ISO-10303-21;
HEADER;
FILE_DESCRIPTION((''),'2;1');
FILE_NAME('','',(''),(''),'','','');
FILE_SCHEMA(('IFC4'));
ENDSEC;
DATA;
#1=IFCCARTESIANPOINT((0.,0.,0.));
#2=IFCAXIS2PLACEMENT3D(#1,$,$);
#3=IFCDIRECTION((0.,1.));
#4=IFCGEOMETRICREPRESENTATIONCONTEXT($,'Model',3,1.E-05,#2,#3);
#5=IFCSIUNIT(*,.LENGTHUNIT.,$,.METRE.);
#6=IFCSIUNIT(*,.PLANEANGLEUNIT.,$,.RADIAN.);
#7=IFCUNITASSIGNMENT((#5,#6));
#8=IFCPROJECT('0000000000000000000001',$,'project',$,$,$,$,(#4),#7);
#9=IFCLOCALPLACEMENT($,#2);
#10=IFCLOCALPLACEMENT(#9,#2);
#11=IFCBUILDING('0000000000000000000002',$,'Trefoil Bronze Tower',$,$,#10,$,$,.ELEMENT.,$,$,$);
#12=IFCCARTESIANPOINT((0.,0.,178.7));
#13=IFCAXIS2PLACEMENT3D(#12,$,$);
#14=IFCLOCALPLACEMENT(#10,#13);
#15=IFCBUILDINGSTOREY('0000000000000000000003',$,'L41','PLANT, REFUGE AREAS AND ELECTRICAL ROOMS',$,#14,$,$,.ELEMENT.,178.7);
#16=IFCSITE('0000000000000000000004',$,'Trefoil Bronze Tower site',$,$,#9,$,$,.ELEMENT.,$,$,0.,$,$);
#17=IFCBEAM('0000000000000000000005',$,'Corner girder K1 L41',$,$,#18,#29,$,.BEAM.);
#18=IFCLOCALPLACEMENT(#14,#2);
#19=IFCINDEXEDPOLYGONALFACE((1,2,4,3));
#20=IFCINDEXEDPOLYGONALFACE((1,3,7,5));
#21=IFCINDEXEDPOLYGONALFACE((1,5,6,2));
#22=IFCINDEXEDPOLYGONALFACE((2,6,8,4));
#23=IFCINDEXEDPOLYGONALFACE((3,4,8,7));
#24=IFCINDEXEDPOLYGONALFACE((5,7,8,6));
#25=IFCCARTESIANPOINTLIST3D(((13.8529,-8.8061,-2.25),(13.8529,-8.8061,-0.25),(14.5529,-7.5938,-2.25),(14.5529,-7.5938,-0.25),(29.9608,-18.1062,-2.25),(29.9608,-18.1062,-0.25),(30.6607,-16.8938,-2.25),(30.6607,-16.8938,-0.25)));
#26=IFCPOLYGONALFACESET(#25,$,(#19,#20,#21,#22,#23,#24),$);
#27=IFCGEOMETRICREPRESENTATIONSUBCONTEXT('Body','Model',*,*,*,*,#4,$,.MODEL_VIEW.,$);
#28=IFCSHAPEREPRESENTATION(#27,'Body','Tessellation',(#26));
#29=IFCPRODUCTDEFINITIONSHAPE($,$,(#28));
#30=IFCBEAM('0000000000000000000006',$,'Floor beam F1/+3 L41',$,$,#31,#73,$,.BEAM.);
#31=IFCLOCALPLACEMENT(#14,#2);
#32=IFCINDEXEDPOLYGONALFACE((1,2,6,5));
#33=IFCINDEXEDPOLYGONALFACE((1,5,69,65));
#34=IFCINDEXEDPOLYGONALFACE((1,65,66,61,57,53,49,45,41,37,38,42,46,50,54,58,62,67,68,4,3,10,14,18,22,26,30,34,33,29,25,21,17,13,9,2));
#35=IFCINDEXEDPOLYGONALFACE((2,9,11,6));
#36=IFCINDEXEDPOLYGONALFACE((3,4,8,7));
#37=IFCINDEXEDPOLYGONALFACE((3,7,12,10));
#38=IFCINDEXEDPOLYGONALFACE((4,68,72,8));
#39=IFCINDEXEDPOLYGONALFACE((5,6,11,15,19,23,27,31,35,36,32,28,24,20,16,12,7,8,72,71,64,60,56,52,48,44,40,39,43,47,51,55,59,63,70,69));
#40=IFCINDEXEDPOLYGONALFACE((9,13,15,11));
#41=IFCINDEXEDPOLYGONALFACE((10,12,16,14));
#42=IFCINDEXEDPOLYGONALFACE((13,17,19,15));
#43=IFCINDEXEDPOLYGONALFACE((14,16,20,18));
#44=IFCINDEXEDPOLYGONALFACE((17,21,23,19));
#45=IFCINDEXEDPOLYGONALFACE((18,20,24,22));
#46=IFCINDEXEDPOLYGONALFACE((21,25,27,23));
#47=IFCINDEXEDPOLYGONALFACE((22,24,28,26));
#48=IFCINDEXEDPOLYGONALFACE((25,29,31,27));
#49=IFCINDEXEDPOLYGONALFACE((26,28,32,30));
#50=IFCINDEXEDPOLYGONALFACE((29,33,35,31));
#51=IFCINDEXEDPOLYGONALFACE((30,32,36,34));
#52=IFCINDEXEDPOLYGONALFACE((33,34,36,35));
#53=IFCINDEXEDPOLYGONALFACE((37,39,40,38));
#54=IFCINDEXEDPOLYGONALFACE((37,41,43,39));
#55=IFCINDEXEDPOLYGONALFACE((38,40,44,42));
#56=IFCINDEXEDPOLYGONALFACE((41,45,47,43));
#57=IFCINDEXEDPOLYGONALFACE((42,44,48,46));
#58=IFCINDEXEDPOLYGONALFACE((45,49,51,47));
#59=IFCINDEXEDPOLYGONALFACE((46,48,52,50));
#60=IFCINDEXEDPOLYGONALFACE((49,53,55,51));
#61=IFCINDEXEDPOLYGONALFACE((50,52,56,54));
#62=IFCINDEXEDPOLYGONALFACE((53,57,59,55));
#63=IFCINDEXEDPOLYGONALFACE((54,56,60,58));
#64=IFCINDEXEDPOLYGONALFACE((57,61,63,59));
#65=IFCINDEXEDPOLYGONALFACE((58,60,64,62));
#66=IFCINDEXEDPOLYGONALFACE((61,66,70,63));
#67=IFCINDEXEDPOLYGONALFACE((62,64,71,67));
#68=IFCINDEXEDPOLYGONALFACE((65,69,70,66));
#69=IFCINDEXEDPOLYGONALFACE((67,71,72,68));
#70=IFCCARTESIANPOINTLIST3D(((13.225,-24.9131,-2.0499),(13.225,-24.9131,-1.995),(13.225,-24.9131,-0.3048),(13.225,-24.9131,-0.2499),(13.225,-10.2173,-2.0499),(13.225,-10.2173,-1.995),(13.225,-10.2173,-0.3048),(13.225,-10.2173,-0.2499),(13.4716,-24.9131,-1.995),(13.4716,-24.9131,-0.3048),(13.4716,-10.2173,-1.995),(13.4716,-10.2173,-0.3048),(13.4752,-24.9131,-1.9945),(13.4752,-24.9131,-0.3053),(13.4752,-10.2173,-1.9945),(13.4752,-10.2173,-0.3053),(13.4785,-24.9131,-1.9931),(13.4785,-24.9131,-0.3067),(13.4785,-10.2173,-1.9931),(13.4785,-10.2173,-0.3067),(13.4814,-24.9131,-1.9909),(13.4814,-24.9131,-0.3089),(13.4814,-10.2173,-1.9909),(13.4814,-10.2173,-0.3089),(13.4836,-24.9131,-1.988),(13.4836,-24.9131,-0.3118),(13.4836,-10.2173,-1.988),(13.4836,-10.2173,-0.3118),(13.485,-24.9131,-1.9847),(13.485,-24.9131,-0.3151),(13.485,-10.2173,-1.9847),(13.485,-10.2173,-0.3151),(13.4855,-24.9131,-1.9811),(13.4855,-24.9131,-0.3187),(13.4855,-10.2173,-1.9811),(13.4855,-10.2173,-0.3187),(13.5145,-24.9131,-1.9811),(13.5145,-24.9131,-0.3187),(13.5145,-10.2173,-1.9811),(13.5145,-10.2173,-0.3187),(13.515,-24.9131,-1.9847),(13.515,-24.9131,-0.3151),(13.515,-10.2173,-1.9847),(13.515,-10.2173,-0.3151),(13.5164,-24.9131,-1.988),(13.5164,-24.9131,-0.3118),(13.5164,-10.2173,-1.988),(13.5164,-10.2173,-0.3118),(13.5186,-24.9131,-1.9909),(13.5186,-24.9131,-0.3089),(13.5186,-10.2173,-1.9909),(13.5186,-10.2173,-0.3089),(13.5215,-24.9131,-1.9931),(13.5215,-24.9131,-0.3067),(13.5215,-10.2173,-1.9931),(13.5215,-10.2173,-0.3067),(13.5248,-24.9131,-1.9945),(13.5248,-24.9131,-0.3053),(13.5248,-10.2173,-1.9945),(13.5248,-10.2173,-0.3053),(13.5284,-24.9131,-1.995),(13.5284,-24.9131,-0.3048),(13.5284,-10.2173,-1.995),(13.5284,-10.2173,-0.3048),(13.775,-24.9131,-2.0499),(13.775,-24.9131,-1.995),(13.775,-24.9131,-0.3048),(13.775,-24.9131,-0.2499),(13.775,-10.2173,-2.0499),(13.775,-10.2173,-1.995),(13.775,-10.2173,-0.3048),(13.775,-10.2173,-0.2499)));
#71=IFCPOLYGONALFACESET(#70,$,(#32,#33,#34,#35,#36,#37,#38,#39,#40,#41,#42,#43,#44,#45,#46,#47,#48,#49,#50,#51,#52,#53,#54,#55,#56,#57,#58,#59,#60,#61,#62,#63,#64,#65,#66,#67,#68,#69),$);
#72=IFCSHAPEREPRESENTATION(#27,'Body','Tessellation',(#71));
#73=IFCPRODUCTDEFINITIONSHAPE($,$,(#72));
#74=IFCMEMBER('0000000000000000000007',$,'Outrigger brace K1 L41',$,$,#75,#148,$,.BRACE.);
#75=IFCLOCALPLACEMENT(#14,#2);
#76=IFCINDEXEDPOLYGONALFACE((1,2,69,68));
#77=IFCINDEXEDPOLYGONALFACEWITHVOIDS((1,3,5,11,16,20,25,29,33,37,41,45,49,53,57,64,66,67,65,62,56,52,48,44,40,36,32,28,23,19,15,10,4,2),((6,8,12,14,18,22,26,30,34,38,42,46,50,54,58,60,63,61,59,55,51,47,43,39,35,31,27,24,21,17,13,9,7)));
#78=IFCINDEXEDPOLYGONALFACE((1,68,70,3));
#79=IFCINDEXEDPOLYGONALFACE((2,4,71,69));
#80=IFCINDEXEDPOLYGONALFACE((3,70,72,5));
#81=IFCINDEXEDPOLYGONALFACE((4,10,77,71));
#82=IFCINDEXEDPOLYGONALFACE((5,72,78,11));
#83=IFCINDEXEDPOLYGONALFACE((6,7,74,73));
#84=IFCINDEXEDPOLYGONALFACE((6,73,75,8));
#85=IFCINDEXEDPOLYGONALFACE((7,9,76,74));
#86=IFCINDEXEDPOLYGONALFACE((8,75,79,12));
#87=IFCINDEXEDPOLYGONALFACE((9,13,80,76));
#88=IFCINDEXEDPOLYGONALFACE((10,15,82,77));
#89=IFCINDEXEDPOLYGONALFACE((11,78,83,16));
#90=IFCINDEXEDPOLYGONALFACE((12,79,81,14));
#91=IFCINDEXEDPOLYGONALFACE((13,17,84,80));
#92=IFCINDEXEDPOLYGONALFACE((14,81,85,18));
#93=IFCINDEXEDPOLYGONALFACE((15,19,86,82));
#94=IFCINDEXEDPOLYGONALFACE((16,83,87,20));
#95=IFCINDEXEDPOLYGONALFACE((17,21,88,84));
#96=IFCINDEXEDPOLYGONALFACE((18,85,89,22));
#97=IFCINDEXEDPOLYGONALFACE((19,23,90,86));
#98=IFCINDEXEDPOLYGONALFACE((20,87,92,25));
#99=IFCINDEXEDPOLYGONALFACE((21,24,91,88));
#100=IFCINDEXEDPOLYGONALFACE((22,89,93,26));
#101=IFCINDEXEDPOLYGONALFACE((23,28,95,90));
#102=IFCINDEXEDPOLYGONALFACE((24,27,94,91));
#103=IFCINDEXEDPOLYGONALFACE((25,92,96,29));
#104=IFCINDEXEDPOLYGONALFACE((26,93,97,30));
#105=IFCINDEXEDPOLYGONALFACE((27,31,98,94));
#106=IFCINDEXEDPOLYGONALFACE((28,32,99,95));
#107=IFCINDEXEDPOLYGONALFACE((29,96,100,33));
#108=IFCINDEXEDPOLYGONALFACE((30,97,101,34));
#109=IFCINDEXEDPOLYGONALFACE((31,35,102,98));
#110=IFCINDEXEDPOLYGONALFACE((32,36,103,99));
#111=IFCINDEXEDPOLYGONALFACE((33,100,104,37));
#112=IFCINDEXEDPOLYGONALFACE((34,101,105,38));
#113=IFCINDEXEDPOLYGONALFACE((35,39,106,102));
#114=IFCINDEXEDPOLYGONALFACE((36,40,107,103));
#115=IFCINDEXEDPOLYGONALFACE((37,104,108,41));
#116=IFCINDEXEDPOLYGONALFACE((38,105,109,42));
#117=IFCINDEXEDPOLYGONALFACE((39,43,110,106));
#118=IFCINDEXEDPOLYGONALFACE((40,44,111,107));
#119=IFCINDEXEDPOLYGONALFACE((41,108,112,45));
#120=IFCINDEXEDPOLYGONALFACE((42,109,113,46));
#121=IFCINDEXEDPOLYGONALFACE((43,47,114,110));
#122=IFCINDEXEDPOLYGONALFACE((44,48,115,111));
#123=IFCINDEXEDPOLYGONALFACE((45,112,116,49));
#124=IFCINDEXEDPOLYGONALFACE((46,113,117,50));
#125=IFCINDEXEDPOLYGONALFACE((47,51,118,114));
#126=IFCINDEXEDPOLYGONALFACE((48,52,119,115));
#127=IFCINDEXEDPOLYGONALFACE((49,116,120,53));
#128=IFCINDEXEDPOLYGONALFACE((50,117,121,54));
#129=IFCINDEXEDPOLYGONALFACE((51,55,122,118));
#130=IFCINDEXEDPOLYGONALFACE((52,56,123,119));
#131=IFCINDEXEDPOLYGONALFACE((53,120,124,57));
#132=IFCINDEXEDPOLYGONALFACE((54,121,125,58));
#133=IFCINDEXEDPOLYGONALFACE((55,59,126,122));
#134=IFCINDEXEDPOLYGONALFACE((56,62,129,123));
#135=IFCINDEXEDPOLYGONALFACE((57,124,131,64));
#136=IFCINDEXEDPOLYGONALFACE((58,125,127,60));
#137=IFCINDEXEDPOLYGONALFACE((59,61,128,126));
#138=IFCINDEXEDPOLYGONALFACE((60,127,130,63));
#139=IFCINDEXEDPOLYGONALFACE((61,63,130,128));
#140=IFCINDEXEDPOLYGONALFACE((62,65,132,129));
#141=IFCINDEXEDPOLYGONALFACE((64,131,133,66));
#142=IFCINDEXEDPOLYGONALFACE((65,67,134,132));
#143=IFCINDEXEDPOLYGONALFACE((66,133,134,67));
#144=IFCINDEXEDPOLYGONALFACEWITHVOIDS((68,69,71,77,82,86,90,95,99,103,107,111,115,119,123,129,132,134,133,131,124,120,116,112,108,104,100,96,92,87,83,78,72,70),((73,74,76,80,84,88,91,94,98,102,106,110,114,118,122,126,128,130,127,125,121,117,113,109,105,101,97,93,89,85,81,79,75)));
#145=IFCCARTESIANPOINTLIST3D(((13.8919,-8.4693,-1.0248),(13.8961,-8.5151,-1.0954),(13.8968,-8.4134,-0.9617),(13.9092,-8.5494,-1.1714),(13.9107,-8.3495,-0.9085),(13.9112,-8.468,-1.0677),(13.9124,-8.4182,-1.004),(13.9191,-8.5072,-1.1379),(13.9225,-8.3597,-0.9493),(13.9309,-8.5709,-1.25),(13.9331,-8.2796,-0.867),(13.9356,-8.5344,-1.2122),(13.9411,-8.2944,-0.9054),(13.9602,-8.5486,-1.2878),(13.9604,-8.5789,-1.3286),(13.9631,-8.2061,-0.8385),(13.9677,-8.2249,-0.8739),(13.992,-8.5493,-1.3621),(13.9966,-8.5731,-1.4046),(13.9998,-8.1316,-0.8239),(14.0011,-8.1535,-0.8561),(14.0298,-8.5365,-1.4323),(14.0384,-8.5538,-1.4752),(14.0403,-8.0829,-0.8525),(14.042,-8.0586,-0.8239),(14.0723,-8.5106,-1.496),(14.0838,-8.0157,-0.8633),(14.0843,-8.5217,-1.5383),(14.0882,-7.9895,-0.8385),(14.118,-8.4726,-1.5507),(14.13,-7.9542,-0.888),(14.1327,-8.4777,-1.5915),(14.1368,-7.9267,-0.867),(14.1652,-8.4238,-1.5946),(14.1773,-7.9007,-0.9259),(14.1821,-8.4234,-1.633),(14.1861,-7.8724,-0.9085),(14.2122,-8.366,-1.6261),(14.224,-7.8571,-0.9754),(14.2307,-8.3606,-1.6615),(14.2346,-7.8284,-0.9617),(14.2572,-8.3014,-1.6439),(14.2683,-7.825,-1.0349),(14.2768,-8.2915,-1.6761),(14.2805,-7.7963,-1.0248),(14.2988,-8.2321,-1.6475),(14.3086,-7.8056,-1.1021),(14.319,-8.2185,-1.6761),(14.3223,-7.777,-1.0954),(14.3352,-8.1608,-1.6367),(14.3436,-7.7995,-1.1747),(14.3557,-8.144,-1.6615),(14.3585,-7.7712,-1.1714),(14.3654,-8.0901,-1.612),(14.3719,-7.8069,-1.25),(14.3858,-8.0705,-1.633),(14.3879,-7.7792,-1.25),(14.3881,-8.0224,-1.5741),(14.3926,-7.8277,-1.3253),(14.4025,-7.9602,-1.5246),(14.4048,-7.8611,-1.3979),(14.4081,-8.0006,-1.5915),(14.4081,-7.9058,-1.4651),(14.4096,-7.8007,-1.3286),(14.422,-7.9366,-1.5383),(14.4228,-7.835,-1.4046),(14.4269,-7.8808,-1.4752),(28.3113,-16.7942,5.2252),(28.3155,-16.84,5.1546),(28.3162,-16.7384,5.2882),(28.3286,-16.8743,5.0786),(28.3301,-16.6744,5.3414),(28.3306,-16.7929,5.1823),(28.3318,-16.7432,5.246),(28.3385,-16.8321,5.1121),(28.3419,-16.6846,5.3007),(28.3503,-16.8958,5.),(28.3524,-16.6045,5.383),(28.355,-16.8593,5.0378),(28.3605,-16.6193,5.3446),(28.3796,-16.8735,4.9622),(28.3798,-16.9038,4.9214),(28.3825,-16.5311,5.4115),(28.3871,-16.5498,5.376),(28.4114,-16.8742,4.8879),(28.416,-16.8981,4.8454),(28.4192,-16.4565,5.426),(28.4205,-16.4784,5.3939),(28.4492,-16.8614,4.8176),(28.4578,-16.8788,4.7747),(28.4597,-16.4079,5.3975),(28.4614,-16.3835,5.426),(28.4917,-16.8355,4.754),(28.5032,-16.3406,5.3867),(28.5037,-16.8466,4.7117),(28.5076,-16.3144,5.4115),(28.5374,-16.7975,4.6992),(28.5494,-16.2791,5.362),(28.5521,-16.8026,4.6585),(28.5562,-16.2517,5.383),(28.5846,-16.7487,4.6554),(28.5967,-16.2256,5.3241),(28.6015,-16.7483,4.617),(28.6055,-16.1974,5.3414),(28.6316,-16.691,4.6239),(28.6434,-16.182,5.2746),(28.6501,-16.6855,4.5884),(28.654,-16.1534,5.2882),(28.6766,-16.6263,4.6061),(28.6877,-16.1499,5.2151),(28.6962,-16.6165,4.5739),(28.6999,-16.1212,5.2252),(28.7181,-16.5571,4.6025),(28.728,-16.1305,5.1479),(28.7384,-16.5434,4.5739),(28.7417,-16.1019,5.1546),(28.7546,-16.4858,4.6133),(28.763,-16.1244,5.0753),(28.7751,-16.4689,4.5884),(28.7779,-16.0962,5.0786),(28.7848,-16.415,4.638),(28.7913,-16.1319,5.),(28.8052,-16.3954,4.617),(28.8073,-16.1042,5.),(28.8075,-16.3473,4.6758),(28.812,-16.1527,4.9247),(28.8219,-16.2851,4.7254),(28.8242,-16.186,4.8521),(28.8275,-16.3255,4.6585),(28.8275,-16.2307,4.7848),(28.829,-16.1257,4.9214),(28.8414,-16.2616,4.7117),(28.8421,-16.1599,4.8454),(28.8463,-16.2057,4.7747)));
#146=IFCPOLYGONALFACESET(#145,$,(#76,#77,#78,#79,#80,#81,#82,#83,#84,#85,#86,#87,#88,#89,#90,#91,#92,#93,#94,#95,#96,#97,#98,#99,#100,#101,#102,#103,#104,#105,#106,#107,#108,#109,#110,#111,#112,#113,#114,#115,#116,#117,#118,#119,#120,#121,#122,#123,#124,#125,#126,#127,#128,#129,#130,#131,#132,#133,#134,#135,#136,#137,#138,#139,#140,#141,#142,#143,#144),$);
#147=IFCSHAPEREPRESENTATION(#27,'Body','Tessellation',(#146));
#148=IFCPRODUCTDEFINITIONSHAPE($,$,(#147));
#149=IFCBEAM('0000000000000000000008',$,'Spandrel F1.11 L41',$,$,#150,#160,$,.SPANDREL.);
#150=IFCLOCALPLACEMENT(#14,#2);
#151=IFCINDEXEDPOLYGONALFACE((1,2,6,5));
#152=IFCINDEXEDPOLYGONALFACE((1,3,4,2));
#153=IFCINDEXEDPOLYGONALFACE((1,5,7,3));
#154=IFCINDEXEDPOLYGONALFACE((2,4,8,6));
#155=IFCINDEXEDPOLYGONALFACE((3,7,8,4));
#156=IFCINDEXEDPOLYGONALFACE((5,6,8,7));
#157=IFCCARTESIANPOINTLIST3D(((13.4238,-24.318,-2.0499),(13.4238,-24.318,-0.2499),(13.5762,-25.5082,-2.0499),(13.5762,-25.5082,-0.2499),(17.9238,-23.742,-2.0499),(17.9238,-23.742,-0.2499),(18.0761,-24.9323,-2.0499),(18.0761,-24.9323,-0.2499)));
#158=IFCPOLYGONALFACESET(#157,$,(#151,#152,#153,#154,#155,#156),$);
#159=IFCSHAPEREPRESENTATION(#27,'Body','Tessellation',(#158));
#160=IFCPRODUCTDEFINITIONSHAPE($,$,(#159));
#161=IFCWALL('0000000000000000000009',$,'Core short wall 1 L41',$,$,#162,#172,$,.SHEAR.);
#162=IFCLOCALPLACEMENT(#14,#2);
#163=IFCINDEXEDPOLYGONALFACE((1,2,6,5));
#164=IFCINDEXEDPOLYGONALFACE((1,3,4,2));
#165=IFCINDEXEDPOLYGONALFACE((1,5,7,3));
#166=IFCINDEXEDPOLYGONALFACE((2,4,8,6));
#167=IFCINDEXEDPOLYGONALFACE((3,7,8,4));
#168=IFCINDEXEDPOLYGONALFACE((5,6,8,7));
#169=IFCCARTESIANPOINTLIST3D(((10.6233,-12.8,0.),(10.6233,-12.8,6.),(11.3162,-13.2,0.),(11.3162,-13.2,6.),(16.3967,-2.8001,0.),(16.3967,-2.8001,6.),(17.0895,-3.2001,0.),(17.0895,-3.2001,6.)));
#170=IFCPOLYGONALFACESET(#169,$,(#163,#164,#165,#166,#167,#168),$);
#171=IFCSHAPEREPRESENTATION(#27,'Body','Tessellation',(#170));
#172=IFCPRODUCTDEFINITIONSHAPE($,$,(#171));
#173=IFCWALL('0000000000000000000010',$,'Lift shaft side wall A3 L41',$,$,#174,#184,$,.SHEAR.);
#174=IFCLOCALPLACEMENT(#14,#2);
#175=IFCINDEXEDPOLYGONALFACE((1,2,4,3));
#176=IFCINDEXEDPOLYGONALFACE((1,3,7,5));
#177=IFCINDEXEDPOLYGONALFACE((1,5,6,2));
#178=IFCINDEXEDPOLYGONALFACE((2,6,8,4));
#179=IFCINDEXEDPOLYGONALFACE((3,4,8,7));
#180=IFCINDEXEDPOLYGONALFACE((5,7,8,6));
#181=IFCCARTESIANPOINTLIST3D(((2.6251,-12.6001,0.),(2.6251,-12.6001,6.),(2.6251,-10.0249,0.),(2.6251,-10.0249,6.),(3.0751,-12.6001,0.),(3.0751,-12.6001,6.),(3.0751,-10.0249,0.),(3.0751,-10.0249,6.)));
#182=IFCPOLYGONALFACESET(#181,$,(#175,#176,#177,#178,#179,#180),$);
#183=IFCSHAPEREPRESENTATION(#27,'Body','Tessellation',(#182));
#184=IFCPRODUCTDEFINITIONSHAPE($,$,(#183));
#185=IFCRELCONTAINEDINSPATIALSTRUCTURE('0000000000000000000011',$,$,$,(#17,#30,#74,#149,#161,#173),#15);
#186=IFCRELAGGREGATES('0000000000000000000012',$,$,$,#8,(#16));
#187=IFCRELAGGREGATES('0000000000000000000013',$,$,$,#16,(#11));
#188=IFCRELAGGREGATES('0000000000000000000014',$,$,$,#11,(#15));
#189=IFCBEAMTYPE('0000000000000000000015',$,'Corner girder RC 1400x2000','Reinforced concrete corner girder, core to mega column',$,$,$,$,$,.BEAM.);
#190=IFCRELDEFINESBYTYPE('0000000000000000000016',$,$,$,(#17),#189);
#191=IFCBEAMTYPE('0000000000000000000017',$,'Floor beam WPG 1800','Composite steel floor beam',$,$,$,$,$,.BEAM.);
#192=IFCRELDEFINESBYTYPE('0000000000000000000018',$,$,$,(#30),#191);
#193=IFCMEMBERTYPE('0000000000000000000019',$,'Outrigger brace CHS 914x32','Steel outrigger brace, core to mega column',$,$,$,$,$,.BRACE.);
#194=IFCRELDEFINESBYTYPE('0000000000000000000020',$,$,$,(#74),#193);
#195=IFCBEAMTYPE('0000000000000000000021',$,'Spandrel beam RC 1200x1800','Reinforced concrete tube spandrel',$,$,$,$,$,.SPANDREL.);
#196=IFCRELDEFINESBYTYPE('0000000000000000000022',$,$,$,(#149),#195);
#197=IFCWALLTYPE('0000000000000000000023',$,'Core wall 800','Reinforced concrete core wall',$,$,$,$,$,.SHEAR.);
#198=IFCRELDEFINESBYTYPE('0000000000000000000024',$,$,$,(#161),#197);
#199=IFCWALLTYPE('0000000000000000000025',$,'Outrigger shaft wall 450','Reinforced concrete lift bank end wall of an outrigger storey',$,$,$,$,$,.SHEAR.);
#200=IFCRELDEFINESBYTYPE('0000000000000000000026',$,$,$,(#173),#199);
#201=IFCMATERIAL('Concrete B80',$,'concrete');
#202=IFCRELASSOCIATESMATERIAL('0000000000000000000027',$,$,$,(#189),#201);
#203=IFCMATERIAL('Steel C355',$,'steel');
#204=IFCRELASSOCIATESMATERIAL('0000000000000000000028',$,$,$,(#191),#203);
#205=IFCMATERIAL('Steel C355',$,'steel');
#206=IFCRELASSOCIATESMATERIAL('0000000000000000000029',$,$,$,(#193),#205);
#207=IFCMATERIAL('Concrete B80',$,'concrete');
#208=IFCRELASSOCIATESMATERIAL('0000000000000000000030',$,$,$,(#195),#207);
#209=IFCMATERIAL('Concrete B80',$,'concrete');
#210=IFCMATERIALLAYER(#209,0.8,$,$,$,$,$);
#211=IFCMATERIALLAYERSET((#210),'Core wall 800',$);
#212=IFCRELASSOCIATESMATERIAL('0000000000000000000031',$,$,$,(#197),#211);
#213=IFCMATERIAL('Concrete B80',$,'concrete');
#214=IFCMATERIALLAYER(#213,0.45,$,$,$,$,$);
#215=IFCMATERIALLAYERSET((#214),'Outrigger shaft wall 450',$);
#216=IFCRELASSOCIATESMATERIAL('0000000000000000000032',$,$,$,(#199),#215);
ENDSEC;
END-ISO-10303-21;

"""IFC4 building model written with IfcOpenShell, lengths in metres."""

from ifc_helpers import new_model, si_unit, direction, frame, frame_2d, origin, origin_2d, place, context, subcontext, project, spatial, rectangle, hollow_circle, i_section, extrude, material, layer, layer_set, material_profile, profile_set, type_object, element, save


model = new_model("IFC4")

# Units and contexts
model_context = context("Model", 3, precision=1e-05, world=origin(), true_north=direction((0.0, 1.0)))
body_context = subcontext(model_context, "Body", "Model", "MODEL_VIEW")
ifc_project = project(units=[si_unit("LENGTHUNIT", "METRE"), si_unit("PLANEANGLEUNIT", "RADIAN")], contexts=[model_context])

# Site, building, storey
site_placement = place(None, origin())
site = spatial("IfcSite", under=ifc_project, at=site_placement, Name="Trefoil Bronze Tower site", CompositionType="ELEMENT", RefElevation=0.0)
building_placement = place(site_placement, origin())
building = spatial("IfcBuilding", under=site, at=building_placement, Name="Trefoil Bronze Tower", CompositionType="ELEMENT")
storey_placement = place(building_placement, frame((0.0, 0.0, 178.7)))
storey = spatial("IfcBuildingStorey", under=building, at=storey_placement, Name="L41", Description="PLANT, REFUGE AREAS AND ELECTRICAL ROOMS", CompositionType="ELEMENT", Elevation=178.7)

# Beams
ifc_material_1 = material(Name="Concrete B80", Category="concrete")
ifc_material_profile_1 = material_profile(ifc_material_1, rectangle(XDim=1.3999, YDim=2.0, at=origin_2d()), Name="RC 1400x2000")
ifc_profile_set_1 = profile_set([ifc_material_profile_1], Name="Concrete B80")
beam_type_1 = type_object("IfcBeamType", Name="Corner girder RC 1400x2000", Description="Reinforced concrete corner girder, core to mega column", PredefinedType="BEAM", material=ifc_profile_set_1)
beam_1_placement = place(storey_placement, frame((14.2029, -8.2, -1.25), z_axis=(0.866022, -0.500006, 0.0), x_axis=(0.500006, 0.866022, 0.0)))
element("IfcBeam", 1, at=beam_1_placement, inside=storey, type_object=beam_type_1, Name="Corner girder K1 L41", PredefinedType="BEAM", context=body_context, shape_type="SweptSolid", body=[
    extrude(rectangle(XDim=1.3999, YDim=2.0, at=origin_2d()), origin(), (0.0, 0.0, 1.0), 18.5999),
])
ifc_material_2 = material(Name="Steel C355", Category="steel")
ifc_material_profile_2 = material_profile(ifc_material_2, i_section(OverallWidth=0.55, OverallDepth=1.8, WebThickness=0.0291, FlangeThickness=0.0549, FilletRadius=0.0139, at=origin_2d()), Name="WPG 1800")
ifc_profile_set_2 = profile_set([ifc_material_profile_2], Name="Steel C355")
beam_type_2 = type_object("IfcBeamType", Name="Floor beam WPG 1800", Description="Composite steel floor beam", PredefinedType="BEAM", material=ifc_profile_set_2)
beam_2_placement = place(storey_placement, frame((13.5, -24.9131, -1.1499), z_axis=(0.0, 1.0, 0.0), x_axis=(-1.0, 0.0, 0.0)))
element("IfcBeam", 2, at=beam_2_placement, inside=storey, type_object=beam_type_2, Name="Floor beam F1/+3 L41", PredefinedType="BEAM", context=body_context, shape_type="SweptSolid", body=[
    extrude(i_section(OverallWidth=0.55, OverallDepth=1.8, WebThickness=0.0291, FlangeThickness=0.0549, FilletRadius=0.0139, at=origin_2d()), origin(), (0.0, 0.0, 1.0), 14.6958),
])

# Member
ifc_material_3 = material(Name="Steel C355", Category="steel")
ifc_material_profile_3 = material_profile(ifc_material_3, hollow_circle(Radius=0.457, WallThickness=0.032, at=origin_2d()), Name="CHS 914x32")
ifc_profile_set_3 = profile_set([ifc_material_profile_3], Name="Steel C355")
member_type_1 = type_object("IfcMemberType", Name="Outrigger brace CHS 914x32", Description="Steel outrigger brace, core to mega column", PredefinedType="BRACE", material=ifc_profile_set_3)
member_1_placement = place(storey_placement, frame((14.1594, -8.175, -1.25), z_axis=(0.810788, -0.468102, 0.35143), x_axis=(0.499995, 0.866028, 0.0)))
element("IfcMember", 3, at=member_1_placement, inside=storey, type_object=member_type_1, Name="Outrigger brace K1 L41", PredefinedType="BRACE", context=body_context, shape_type="SweptSolid", body=[
    extrude(hollow_circle(Radius=0.457, WallThickness=0.032, at=origin_2d()), origin(), (0.0, 0.0, 1.0), 17.7844),
])

# Beam
ifc_material_4 = material(Name="Concrete B80", Category="concrete")
ifc_material_profile_4 = material_profile(ifc_material_4, rectangle(XDim=1.2, YDim=1.8, at=origin_2d()), Name="RC 1200x1800")
ifc_profile_set_4 = profile_set([ifc_material_profile_4], Name="Concrete B80")
beam_type_3 = type_object("IfcBeamType", Name="Spandrel beam RC 1200x1800", Description="Reinforced concrete tube spandrel", PredefinedType="SPANDREL", material=ifc_profile_set_4)
beam_3_placement = place(storey_placement, frame((13.5, -24.9131, -1.1499), z_axis=(0.991909, 0.126948, 0.0), x_axis=(-0.126948, 0.991909, 0.0)))
element("IfcBeam", 4, at=beam_3_placement, inside=storey, type_object=beam_type_3, Name="Spandrel F1.11 L41", PredefinedType="SPANDREL", context=body_context, shape_type="SweptSolid", body=[
    extrude(rectangle(XDim=1.2, YDim=1.8, at=origin_2d()), origin(), (0.0, 0.0, 1.0), 4.5366),
])

# Walls
ifc_material_5 = material(Name="Concrete B80", Category="concrete")
ifc_layer_1 = layer(ifc_material_5, 0.8)
ifc_layer_set_1 = layer_set([ifc_layer_1], Name="Core wall 800")
wall_type_1 = type_object("IfcWallType", Name="Core wall 800", Description="Reinforced concrete core wall", PredefinedType="SHEAR", material=ifc_layer_set_1)
wall_1_placement = place(storey_placement, frame((10.9697, -13.0, 0.0), z_axis=(0.0, 0.0, 1.0), x_axis=(0.499996, 0.866028, 0.0)))
element("IfcWall", 5, at=wall_1_placement, inside=storey, type_object=wall_type_1, Name="Core short wall 1 L41", PredefinedType="SHEAR", context=body_context, shape_type="SweptSolid", body=[
    extrude(rectangle(XDim=11.5469, YDim=0.8, at=frame_2d((5.7734, 0.0))), origin(), (0.0, 0.0, 1.0), 6.0),
])
ifc_material_6 = material(Name="Concrete B80", Category="concrete")
ifc_layer_2 = layer(ifc_material_6, 0.45)
ifc_layer_set_2 = layer_set([ifc_layer_2], Name="Outrigger shaft wall 450")
wall_type_2 = type_object("IfcWallType", Name="Outrigger shaft wall 450", Description="Reinforced concrete lift bank end wall of an outrigger storey", PredefinedType="SHEAR", material=ifc_layer_set_2)
for number, where, z_axis, x_axis, name in (
    (6, (2.8501, -10.0249, 0.0), (0.0, 0.0, 1.0), (0.0, -1.0, 0.0), "Lift shaft side wall A3 L41"),
):
    element("IfcWall", number, at=place(storey_placement, frame(where, z_axis=z_axis, x_axis=x_axis)), inside=storey, type_object=wall_type_2, Name=name, PredefinedType="SHEAR", context=body_context, shape_type="SweptSolid", body=[
        extrude(rectangle(XDim=2.5752, YDim=0.45, at=frame_2d((1.2876, 0.0))), origin(), (0.0, 0.0, 1.0), 6.0),
    ])

save(model, "model.ifc")
